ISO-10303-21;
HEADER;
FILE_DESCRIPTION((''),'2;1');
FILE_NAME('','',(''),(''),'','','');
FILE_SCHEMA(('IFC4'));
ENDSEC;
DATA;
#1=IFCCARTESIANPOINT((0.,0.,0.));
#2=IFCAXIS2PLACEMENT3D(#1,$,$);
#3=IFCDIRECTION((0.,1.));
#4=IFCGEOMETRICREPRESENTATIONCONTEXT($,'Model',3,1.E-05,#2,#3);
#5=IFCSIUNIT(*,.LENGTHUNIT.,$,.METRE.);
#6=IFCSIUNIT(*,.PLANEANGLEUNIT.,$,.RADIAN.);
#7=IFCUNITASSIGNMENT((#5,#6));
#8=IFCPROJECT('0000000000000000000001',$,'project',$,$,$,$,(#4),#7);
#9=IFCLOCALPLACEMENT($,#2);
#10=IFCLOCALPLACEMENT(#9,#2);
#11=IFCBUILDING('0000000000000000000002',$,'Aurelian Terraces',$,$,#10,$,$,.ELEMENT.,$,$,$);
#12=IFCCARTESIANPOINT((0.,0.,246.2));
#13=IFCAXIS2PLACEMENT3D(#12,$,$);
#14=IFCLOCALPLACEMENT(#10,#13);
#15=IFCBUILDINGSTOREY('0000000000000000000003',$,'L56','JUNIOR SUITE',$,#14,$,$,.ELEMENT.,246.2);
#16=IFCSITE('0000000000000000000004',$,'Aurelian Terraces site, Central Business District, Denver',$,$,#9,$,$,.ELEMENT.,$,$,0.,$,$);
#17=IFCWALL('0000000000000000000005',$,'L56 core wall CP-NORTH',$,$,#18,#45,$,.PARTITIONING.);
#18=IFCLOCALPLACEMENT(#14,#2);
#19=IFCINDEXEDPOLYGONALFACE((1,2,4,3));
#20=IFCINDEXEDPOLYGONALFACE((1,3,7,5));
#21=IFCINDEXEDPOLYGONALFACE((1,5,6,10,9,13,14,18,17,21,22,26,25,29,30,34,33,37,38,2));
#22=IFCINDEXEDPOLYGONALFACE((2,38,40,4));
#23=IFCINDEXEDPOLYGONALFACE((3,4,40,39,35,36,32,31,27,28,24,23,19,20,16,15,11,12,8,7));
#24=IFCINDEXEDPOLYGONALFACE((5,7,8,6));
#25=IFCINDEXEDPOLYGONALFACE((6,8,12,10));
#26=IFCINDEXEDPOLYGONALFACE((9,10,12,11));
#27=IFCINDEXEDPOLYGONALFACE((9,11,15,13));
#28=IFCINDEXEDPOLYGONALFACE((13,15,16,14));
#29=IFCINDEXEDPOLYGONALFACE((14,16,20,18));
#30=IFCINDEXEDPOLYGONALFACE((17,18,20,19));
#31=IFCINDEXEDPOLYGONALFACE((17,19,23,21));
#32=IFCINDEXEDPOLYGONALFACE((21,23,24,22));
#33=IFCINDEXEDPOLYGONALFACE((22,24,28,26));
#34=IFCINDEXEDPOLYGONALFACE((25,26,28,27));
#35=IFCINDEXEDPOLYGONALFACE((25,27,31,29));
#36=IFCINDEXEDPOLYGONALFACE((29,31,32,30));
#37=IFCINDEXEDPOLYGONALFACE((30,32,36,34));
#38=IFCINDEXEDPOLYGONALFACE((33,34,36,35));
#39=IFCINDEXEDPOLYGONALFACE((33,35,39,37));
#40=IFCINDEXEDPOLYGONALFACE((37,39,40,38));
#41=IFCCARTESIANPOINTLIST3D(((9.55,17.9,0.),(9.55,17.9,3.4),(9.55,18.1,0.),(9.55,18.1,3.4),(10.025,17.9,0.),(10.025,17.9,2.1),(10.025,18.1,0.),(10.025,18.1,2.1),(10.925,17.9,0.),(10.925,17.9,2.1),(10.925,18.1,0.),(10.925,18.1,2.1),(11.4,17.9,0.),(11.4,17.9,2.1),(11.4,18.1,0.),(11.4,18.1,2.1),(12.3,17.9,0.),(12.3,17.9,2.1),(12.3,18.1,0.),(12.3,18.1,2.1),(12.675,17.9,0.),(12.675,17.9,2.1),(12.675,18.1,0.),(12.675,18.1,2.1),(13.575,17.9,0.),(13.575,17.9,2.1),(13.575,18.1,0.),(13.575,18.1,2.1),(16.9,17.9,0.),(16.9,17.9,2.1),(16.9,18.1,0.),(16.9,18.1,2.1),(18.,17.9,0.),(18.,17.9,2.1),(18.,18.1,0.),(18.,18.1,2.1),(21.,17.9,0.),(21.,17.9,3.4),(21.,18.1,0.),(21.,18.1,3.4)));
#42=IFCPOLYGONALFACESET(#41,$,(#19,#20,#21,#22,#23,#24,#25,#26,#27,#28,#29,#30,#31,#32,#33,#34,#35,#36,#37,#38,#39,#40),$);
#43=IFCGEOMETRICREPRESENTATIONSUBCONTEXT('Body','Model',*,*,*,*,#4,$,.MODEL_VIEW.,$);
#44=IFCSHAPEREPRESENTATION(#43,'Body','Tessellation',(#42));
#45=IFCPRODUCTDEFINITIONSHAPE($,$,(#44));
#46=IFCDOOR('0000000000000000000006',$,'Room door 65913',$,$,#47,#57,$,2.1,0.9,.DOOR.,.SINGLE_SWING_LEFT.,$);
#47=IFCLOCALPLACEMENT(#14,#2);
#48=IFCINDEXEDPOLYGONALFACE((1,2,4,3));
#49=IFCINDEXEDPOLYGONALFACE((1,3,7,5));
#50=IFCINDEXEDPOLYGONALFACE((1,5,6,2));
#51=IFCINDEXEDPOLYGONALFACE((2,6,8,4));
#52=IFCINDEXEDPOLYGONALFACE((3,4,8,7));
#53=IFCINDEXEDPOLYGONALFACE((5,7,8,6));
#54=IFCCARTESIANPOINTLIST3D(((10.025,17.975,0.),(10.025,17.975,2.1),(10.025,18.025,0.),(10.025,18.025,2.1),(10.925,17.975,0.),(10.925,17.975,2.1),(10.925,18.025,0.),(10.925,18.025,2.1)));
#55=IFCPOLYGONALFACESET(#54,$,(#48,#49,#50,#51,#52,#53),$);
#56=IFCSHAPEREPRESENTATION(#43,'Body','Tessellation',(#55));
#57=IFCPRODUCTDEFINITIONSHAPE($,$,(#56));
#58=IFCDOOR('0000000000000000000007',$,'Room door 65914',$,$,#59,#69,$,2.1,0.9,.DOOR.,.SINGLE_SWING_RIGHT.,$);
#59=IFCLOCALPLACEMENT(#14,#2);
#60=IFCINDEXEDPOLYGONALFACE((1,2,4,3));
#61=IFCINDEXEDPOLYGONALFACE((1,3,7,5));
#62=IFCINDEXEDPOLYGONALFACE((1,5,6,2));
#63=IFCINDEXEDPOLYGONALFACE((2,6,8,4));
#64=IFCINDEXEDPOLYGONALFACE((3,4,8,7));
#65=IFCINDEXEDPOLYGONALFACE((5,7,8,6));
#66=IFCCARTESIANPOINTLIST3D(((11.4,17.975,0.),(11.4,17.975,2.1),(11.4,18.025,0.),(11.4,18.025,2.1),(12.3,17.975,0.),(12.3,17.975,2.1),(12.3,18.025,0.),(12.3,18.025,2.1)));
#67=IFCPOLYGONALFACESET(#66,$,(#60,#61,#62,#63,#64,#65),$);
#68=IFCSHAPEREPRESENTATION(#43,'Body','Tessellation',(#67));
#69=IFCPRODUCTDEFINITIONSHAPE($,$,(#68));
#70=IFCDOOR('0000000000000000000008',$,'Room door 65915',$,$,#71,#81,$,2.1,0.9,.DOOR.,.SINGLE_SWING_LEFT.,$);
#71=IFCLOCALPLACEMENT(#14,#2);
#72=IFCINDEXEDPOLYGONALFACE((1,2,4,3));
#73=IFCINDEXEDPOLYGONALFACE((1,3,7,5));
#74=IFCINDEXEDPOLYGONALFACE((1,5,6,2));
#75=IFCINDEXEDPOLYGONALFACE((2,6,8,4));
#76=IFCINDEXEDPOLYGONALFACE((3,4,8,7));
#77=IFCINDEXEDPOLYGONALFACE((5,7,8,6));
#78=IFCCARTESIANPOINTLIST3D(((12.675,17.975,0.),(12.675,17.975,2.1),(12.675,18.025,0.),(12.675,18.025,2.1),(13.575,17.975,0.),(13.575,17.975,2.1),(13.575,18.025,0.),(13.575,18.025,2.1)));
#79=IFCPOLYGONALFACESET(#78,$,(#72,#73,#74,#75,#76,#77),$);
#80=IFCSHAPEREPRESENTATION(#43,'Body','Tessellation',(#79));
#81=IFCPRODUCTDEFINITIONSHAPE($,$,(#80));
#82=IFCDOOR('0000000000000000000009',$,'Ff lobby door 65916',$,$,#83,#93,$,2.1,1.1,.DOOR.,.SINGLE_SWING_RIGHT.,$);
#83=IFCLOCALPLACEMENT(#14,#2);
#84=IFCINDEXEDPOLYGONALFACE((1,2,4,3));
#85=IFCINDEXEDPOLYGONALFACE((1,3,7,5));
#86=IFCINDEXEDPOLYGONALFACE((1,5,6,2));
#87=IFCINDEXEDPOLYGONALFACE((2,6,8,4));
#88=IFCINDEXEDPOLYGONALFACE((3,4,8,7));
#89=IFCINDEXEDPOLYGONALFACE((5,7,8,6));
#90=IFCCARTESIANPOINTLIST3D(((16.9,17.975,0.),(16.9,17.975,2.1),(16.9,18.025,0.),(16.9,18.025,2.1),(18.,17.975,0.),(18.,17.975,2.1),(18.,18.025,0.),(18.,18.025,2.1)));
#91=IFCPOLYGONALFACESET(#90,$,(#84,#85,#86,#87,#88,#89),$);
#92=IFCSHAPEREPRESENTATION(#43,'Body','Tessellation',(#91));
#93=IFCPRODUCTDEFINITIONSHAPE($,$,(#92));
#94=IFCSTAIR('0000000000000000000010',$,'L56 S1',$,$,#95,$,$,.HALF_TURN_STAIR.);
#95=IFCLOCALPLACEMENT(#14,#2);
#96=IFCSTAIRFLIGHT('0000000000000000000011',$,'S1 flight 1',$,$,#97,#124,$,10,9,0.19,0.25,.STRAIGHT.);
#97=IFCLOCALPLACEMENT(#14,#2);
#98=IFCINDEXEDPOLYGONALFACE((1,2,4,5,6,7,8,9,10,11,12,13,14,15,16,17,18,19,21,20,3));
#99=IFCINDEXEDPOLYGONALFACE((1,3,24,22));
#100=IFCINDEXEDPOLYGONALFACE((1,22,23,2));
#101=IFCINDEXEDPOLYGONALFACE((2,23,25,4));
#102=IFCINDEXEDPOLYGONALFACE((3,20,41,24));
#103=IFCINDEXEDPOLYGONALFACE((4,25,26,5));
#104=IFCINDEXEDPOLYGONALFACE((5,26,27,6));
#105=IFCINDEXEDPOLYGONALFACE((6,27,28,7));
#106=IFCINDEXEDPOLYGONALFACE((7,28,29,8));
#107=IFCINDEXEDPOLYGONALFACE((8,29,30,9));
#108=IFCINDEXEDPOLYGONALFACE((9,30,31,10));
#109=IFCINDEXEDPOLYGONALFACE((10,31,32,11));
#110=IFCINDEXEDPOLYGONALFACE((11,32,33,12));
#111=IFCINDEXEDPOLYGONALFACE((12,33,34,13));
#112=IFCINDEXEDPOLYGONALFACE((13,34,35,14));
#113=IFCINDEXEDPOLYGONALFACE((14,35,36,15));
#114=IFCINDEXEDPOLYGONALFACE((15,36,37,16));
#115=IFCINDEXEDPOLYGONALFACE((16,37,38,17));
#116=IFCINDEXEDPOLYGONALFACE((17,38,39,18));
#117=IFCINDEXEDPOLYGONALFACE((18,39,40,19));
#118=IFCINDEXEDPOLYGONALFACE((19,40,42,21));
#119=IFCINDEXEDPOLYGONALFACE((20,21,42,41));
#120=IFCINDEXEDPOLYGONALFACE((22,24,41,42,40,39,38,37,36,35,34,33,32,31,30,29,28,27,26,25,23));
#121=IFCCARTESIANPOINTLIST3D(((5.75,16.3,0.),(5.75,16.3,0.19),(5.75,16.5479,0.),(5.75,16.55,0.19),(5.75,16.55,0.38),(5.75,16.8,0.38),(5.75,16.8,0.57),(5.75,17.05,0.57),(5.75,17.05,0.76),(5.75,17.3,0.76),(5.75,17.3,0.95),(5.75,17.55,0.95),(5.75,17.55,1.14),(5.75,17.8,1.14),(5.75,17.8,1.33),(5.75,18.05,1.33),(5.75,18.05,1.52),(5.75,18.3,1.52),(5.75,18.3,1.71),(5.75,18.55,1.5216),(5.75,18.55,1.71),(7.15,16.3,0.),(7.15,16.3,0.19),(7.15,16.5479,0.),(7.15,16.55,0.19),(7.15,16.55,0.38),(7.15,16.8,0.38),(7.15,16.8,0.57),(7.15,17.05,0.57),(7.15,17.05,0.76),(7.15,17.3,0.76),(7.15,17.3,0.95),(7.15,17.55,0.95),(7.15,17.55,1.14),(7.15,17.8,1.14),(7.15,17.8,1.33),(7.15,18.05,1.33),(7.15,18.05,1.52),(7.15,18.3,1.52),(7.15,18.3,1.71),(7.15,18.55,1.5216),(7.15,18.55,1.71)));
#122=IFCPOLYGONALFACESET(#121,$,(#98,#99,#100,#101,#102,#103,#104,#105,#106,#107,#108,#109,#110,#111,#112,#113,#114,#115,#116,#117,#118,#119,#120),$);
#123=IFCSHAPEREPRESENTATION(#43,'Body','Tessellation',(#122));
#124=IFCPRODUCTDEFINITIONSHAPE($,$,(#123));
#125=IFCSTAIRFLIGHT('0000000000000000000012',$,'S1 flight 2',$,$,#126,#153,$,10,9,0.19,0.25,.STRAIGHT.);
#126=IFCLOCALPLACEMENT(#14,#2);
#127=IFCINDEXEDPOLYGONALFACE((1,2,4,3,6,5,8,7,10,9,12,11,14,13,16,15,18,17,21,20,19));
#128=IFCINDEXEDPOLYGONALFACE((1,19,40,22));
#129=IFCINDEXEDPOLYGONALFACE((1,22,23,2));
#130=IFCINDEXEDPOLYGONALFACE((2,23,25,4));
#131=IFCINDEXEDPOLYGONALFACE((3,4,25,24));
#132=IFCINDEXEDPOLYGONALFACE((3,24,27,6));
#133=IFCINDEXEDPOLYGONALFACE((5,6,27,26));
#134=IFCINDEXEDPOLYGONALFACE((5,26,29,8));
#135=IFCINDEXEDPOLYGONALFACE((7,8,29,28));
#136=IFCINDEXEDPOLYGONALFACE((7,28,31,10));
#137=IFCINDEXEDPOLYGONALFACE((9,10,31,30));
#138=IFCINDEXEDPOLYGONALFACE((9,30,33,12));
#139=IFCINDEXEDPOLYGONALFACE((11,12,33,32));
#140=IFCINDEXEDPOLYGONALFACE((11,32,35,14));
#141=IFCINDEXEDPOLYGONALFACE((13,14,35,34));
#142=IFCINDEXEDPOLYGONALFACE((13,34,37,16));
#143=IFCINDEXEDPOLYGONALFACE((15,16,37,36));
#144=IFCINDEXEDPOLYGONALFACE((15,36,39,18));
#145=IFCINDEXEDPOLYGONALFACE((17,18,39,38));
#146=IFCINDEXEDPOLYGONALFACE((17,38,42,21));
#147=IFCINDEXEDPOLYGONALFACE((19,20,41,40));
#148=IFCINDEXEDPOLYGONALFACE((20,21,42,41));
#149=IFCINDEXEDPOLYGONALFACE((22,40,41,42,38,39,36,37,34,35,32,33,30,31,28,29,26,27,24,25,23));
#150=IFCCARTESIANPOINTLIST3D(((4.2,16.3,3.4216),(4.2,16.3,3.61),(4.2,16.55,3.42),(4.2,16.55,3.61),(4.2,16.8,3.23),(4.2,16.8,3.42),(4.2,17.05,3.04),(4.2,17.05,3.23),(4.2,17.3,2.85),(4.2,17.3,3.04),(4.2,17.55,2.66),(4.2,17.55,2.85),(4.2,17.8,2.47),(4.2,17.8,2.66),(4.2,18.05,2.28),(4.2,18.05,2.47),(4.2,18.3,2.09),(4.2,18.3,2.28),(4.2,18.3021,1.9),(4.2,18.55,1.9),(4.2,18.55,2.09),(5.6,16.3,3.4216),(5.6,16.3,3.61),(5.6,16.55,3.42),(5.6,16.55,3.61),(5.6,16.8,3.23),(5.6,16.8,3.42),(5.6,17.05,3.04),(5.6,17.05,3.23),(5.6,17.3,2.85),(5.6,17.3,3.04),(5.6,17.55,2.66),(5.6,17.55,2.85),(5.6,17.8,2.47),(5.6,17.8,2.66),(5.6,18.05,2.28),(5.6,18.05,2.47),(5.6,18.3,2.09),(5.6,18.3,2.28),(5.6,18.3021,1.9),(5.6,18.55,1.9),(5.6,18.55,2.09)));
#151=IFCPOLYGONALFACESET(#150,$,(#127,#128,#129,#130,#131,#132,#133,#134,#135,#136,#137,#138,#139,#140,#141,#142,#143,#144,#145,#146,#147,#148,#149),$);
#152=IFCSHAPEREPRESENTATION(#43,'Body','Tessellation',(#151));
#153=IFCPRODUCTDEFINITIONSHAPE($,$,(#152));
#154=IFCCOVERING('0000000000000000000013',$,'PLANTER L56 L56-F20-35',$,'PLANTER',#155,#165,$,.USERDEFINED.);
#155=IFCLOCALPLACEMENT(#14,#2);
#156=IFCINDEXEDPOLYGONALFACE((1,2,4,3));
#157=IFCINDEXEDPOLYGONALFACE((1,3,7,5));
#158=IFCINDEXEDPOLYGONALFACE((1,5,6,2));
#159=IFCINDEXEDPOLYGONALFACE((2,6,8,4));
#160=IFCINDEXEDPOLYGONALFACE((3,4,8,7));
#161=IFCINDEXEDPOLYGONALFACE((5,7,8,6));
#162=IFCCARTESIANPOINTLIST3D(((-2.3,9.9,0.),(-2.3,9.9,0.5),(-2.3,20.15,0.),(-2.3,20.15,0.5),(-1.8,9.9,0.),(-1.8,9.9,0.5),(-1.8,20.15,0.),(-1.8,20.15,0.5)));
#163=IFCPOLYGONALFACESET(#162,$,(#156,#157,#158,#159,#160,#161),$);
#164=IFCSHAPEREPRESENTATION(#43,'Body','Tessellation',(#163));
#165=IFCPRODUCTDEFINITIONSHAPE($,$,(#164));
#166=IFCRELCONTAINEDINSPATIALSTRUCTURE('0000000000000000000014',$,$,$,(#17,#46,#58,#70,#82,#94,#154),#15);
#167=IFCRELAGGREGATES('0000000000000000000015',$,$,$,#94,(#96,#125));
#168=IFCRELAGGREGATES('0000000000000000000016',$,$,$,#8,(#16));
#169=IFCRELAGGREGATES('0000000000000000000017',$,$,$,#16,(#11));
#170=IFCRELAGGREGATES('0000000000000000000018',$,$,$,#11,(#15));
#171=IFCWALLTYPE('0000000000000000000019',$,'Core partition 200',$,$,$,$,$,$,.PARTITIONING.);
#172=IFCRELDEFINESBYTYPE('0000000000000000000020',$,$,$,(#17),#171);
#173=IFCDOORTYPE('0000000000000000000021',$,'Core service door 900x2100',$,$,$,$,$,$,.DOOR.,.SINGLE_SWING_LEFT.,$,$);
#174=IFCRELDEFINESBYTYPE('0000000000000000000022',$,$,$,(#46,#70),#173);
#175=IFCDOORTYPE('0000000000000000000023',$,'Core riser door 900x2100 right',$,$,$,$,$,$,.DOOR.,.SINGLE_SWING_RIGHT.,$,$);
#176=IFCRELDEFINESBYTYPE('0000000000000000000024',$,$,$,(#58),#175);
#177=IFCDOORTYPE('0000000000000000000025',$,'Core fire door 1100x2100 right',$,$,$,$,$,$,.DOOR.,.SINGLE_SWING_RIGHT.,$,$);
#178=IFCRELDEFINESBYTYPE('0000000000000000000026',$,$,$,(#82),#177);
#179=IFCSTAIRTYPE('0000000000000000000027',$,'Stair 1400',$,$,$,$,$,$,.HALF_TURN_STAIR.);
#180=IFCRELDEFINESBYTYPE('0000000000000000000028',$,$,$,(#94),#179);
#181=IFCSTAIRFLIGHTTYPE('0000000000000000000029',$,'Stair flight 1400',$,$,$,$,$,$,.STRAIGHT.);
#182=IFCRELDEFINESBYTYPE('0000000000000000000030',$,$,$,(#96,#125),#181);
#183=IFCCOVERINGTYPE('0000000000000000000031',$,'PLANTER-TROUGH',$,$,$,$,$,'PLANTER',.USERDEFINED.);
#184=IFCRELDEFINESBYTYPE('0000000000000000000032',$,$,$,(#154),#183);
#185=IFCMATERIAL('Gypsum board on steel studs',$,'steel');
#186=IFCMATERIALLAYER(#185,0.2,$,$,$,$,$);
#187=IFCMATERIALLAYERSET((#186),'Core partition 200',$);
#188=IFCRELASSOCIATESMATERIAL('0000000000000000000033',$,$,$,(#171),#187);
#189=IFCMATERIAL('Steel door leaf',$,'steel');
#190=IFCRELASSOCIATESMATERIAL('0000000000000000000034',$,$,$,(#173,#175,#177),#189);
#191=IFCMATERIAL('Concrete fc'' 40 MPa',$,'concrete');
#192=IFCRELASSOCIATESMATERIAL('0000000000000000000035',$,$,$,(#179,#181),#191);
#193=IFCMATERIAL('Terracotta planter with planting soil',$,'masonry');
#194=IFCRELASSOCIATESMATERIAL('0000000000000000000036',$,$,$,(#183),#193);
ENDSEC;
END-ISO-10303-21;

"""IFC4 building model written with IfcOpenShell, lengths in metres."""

from ifc_helpers import new_model, si_unit, direction, frame, frame_2d, origin, origin_2d, place, context, subcontext, project, spatial, polyline, rectangle, outline, extrude, source, transform, mapped, material, layer, layer_set, type_object, element, fill, aggregate, save


model = new_model("IFC4")

# Units and contexts
model_context = context("Model", 3, precision=1e-05, world=origin(), true_north=direction((0.0, 1.0)))
body_context = subcontext(model_context, "Body", "Model", "MODEL_VIEW")
ifc_project = project(units=[si_unit("LENGTHUNIT", "METRE"), si_unit("PLANEANGLEUNIT", "RADIAN")], contexts=[model_context])

# Site, building, storey
site_placement = place(None, origin())
site = spatial("IfcSite", under=ifc_project, at=site_placement, Name="Aurelian Terraces site, Central Business District, Denver", CompositionType="ELEMENT", RefElevation=0.0)
building_placement = place(site_placement, origin())
building = spatial("IfcBuilding", under=site, at=building_placement, Name="Aurelian Terraces", CompositionType="ELEMENT")
storey_placement = place(building_placement, frame((0.0, 0.0, 246.2)))
storey = spatial("IfcBuildingStorey", under=building, at=storey_placement, Name="L56", Description="JUNIOR SUITE", CompositionType="ELEMENT", Elevation=246.2)

# Shared definitions
ifc_material_1 = material(Name="Gypsum board on steel studs", Category="steel")

# Wall, openings, doors
ifc_layer_1 = layer(ifc_material_1, 0.2)
ifc_layer_set_1 = layer_set([ifc_layer_1], Name="Core partition 200")
wall_type_1 = type_object("IfcWallType", Name="Core partition 200", PredefinedType="PARTITIONING", material=ifc_layer_set_1)
shared_shape_1 = source(origin(), body_context, "Body", "SweptSolid", [
    extrude(rectangle(XDim=11.45, YDim=0.2, at=frame_2d((5.725, 0.0))), origin(), (0.0, 0.0, 1.0), 3.4),
])
wall_1_placement = place(storey_placement, frame((9.55, 18.0, 0.0), z_axis=(0.0, 0.0, 1.0), x_axis=(1.0, 0.0, 0.0)))
wall_1 = element("IfcWall", 1, at=wall_1_placement, inside=storey, type_object=wall_type_1, Name="L56 core wall CP-NORTH", PredefinedType="PARTITIONING", context=body_context, shape_type="MappedRepresentation", body=[
    mapped(shared_shape_1, transform((0.0, 0.0, 0.0), scale=1.0)),
])
shared_shape_2 = source(origin(), body_context, "Body", "SweptSolid", [
    extrude(rectangle(XDim=0.9, YDim=2.1, at=frame_2d((0.45, 1.05))), frame((0.0, 0.11, 0.0), z_axis=(0.0, -1.0, 0.0), x_axis=(1.0, 0.0, 0.0)), (0.0, 0.0, 1.0), 0.22),
])
opening_1_placement = place(wall_1_placement, frame((0.475, 0.0, 0.0)))
opening_1 = element("IfcOpeningElement", 2, at=opening_1_placement, cuts=wall_1, PredefinedType="OPENING", context=body_context, shape_type="MappedRepresentation", body=[
    mapped(shared_shape_2, transform((0.0, 0.0, 0.0), scale=1.0)),
])
opening_2_placement = place(wall_1_placement, frame((1.85, 0.0, 0.0)))
opening_2 = element("IfcOpeningElement", 3, at=opening_2_placement, cuts=wall_1, PredefinedType="OPENING", context=body_context, shape_type="MappedRepresentation", body=[
    mapped(shared_shape_2, transform((0.0, 0.0, 0.0), scale=1.0)),
])
opening_3_placement = place(wall_1_placement, frame((3.125, 0.0, 0.0)))
opening_3 = element("IfcOpeningElement", 4, at=opening_3_placement, cuts=wall_1, PredefinedType="OPENING", context=body_context, shape_type="MappedRepresentation", body=[
    mapped(shared_shape_2, transform((0.0, 0.0, 0.0), scale=1.0)),
])
shared_shape_3 = source(origin(), body_context, "Body", "SweptSolid", [
    extrude(rectangle(XDim=1.1, YDim=2.1, at=frame_2d((0.55, 1.05))), frame((0.0, 0.11, 0.0), z_axis=(0.0, -1.0, 0.0), x_axis=(1.0, 0.0, 0.0)), (0.0, 0.0, 1.0), 0.22),
])
opening_4_placement = place(wall_1_placement, frame((7.35, 0.0, 0.0)))
opening_4 = element("IfcOpeningElement", 5, at=opening_4_placement, cuts=wall_1, PredefinedType="OPENING", context=body_context, shape_type="MappedRepresentation", body=[
    mapped(shared_shape_3, transform((0.0, 0.0, 0.0), scale=1.0)),
])
ifc_material_2 = material(Name="Steel door leaf", Category="steel")
door_type_1 = type_object("IfcDoorType", Name="Core service door 900x2100", OperationType="SINGLE_SWING_LEFT", PredefinedType="DOOR", material=ifc_material_2)
shared_shape_4 = source(origin(), body_context, "Body", "SweptSolid", [
    extrude(rectangle(XDim=0.9, YDim=2.1, at=frame_2d((0.45, 1.05))), frame((0.0, 0.025, 0.0), z_axis=(0.0, -1.0, 0.0), x_axis=(1.0, 0.0, 0.0)), (0.0, 0.0, 1.0), 0.05),
])
door_1_placement = place(opening_1_placement, origin())
door_1 = element("IfcDoor", 6, at=door_1_placement, inside=storey, type_object=door_type_1, Name="Room door 65913", OperationType="SINGLE_SWING_LEFT", OverallHeight=2.1, OverallWidth=0.9, PredefinedType="DOOR", context=body_context, shape_type="MappedRepresentation", body=[
    mapped(shared_shape_4, transform((0.0, 0.0, 0.0), scale=1.0)),
])
fill(opening_1, door_1)
door_type_2 = type_object("IfcDoorType", Name="Core riser door 900x2100 right", OperationType="SINGLE_SWING_RIGHT", PredefinedType="DOOR", material=ifc_material_2)
door_2_placement = place(opening_2_placement, origin())
door_2 = element("IfcDoor", 7, at=door_2_placement, inside=storey, type_object=door_type_2, Name="Room door 65914", OperationType="SINGLE_SWING_RIGHT", OverallHeight=2.1, OverallWidth=0.9, PredefinedType="DOOR", context=body_context, shape_type="MappedRepresentation", body=[
    mapped(shared_shape_4, transform((0.0, 0.0, 0.0), scale=1.0)),
])
fill(opening_2, door_2)
door_3_placement = place(opening_3_placement, origin())
door_3 = element("IfcDoor", 8, at=door_3_placement, inside=storey, type_object=door_type_1, Name="Room door 65915", OperationType="SINGLE_SWING_LEFT", OverallHeight=2.1, OverallWidth=0.9, PredefinedType="DOOR", context=body_context, shape_type="MappedRepresentation", body=[
    mapped(shared_shape_4, transform((0.0, 0.0, 0.0), scale=1.0)),
])
fill(opening_3, door_3)
door_type_3 = type_object("IfcDoorType", Name="Core fire door 1100x2100 right", OperationType="SINGLE_SWING_RIGHT", PredefinedType="DOOR", material=ifc_material_2)
shared_shape_5 = source(origin(), body_context, "Body", "SweptSolid", [
    extrude(rectangle(XDim=1.1, YDim=2.1, at=frame_2d((0.55, 1.05))), frame((0.0, 0.025, 0.0), z_axis=(0.0, -1.0, 0.0), x_axis=(1.0, 0.0, 0.0)), (0.0, 0.0, 1.0), 0.05),
])
door_4_placement = place(opening_4_placement, origin())
door_4 = element("IfcDoor", 9, at=door_4_placement, inside=storey, type_object=door_type_3, Name="Ff lobby door 65916", OperationType="SINGLE_SWING_RIGHT", OverallHeight=2.1, OverallWidth=1.1, PredefinedType="DOOR", context=body_context, shape_type="MappedRepresentation", body=[
    mapped(shared_shape_5, transform((0.0, 0.0, 0.0), scale=1.0)),
])
fill(opening_4, door_4)

# Stair, stair flights
ifc_material_3 = material(Name="Concrete fc' 40 MPa", Category="concrete")
stair_type = type_object("IfcStairType", Name="Stair 1400", PredefinedType="HALF_TURN_STAIR", material=ifc_material_3)
stair_placement = place(storey_placement, origin())
stair = element("IfcStair", 10, at=stair_placement, inside=storey, type_object=stair_type, Name="L56 S1", PredefinedType="HALF_TURN_STAIR")
stair_flight_type = type_object("IfcStairFlightType", Name="Stair flight 1400", PredefinedType="STRAIGHT", material=ifc_material_3)
shared_shape_6 = source(origin(), body_context, "Body", "SweptSolid", [
    extrude(outline(polyline([(0.0, 0.0), (0.0, 0.19), (0.25, 0.19), (0.25, 0.38), (0.5, 0.38), (0.5, 0.57), (0.75, 0.57), (0.75, 0.76), (1.0, 0.76), (1.0, 0.95), (1.25, 0.95), (1.25, 1.14), (1.5, 1.14), (1.5, 1.33), (1.75, 1.33), (1.75, 1.52), (2.0, 1.52), (2.0, 1.71), (2.25, 1.71), (2.25, 1.9), (2.25, 1.5216), (0.2479, 0.0), (0.0, 0.0)])), frame((0.0, 0.7, 0.0), z_axis=(0.0, -1.0, 0.0), x_axis=(1.0, 0.0, 0.0)), (0.0, 0.0, 1.0), 1.4),
])
stair_flight_1_placement = place(storey_placement, frame((6.45, 16.3, 0.0), z_axis=(0.0, 0.0, 1.0), x_axis=(0.0, 1.0, 0.0)))
stair_flight_1 = element("IfcStairFlight", 11, at=stair_flight_1_placement, type_object=stair_flight_type, Name="S1 flight 1", NumberOfRisers=10, NumberOfTreads=9, PredefinedType="STRAIGHT", RiserHeight=0.19, TreadLength=0.25, context=body_context, shape_type="MappedRepresentation", body=[
    mapped(shared_shape_6, transform((0.0, 0.0, 0.0), scale=1.0)),
])
stair_flight_2_placement = place(storey_placement, frame((4.9, 18.55, 1.9), z_axis=(0.0, 0.0, 1.0), x_axis=(0.0, -1.0, 0.0)))
stair_flight_2 = element("IfcStairFlight", 12, at=stair_flight_2_placement, type_object=stair_flight_type, Name="S1 flight 2", NumberOfRisers=10, NumberOfTreads=9, PredefinedType="STRAIGHT", RiserHeight=0.19, TreadLength=0.25, context=body_context, shape_type="MappedRepresentation", body=[
    mapped(shared_shape_6, transform((0.0, 0.0, 0.0), scale=1.0)),
])
aggregate(stair, [stair_flight_1, stair_flight_2])

# Covering
ifc_material_4 = material(Name="Terracotta planter with planting soil", Category="masonry")
covering_type_1 = type_object("IfcCoveringType", Name="PLANTER-TROUGH", ElementType="PLANTER", PredefinedType="USERDEFINED", material=ifc_material_4)
covering_1_placement = place(storey_placement, frame((-2.05, 15.025, 0.0), z_axis=(0.0, 0.0, 1.0), x_axis=(1.0, 0.0, 0.0)))
element("IfcCovering", 13, at=covering_1_placement, inside=storey, type_object=covering_type_1, Name="PLANTER L56 L56-F20-35", ObjectType="PLANTER", PredefinedType="USERDEFINED", context=body_context, shape_type="SweptSolid", body=[
    extrude(rectangle(XDim=0.5, YDim=10.25, at=origin_2d()), origin(), (0.0, 0.0, 1.0), 0.5),
])

save(model, "model.ifc")
